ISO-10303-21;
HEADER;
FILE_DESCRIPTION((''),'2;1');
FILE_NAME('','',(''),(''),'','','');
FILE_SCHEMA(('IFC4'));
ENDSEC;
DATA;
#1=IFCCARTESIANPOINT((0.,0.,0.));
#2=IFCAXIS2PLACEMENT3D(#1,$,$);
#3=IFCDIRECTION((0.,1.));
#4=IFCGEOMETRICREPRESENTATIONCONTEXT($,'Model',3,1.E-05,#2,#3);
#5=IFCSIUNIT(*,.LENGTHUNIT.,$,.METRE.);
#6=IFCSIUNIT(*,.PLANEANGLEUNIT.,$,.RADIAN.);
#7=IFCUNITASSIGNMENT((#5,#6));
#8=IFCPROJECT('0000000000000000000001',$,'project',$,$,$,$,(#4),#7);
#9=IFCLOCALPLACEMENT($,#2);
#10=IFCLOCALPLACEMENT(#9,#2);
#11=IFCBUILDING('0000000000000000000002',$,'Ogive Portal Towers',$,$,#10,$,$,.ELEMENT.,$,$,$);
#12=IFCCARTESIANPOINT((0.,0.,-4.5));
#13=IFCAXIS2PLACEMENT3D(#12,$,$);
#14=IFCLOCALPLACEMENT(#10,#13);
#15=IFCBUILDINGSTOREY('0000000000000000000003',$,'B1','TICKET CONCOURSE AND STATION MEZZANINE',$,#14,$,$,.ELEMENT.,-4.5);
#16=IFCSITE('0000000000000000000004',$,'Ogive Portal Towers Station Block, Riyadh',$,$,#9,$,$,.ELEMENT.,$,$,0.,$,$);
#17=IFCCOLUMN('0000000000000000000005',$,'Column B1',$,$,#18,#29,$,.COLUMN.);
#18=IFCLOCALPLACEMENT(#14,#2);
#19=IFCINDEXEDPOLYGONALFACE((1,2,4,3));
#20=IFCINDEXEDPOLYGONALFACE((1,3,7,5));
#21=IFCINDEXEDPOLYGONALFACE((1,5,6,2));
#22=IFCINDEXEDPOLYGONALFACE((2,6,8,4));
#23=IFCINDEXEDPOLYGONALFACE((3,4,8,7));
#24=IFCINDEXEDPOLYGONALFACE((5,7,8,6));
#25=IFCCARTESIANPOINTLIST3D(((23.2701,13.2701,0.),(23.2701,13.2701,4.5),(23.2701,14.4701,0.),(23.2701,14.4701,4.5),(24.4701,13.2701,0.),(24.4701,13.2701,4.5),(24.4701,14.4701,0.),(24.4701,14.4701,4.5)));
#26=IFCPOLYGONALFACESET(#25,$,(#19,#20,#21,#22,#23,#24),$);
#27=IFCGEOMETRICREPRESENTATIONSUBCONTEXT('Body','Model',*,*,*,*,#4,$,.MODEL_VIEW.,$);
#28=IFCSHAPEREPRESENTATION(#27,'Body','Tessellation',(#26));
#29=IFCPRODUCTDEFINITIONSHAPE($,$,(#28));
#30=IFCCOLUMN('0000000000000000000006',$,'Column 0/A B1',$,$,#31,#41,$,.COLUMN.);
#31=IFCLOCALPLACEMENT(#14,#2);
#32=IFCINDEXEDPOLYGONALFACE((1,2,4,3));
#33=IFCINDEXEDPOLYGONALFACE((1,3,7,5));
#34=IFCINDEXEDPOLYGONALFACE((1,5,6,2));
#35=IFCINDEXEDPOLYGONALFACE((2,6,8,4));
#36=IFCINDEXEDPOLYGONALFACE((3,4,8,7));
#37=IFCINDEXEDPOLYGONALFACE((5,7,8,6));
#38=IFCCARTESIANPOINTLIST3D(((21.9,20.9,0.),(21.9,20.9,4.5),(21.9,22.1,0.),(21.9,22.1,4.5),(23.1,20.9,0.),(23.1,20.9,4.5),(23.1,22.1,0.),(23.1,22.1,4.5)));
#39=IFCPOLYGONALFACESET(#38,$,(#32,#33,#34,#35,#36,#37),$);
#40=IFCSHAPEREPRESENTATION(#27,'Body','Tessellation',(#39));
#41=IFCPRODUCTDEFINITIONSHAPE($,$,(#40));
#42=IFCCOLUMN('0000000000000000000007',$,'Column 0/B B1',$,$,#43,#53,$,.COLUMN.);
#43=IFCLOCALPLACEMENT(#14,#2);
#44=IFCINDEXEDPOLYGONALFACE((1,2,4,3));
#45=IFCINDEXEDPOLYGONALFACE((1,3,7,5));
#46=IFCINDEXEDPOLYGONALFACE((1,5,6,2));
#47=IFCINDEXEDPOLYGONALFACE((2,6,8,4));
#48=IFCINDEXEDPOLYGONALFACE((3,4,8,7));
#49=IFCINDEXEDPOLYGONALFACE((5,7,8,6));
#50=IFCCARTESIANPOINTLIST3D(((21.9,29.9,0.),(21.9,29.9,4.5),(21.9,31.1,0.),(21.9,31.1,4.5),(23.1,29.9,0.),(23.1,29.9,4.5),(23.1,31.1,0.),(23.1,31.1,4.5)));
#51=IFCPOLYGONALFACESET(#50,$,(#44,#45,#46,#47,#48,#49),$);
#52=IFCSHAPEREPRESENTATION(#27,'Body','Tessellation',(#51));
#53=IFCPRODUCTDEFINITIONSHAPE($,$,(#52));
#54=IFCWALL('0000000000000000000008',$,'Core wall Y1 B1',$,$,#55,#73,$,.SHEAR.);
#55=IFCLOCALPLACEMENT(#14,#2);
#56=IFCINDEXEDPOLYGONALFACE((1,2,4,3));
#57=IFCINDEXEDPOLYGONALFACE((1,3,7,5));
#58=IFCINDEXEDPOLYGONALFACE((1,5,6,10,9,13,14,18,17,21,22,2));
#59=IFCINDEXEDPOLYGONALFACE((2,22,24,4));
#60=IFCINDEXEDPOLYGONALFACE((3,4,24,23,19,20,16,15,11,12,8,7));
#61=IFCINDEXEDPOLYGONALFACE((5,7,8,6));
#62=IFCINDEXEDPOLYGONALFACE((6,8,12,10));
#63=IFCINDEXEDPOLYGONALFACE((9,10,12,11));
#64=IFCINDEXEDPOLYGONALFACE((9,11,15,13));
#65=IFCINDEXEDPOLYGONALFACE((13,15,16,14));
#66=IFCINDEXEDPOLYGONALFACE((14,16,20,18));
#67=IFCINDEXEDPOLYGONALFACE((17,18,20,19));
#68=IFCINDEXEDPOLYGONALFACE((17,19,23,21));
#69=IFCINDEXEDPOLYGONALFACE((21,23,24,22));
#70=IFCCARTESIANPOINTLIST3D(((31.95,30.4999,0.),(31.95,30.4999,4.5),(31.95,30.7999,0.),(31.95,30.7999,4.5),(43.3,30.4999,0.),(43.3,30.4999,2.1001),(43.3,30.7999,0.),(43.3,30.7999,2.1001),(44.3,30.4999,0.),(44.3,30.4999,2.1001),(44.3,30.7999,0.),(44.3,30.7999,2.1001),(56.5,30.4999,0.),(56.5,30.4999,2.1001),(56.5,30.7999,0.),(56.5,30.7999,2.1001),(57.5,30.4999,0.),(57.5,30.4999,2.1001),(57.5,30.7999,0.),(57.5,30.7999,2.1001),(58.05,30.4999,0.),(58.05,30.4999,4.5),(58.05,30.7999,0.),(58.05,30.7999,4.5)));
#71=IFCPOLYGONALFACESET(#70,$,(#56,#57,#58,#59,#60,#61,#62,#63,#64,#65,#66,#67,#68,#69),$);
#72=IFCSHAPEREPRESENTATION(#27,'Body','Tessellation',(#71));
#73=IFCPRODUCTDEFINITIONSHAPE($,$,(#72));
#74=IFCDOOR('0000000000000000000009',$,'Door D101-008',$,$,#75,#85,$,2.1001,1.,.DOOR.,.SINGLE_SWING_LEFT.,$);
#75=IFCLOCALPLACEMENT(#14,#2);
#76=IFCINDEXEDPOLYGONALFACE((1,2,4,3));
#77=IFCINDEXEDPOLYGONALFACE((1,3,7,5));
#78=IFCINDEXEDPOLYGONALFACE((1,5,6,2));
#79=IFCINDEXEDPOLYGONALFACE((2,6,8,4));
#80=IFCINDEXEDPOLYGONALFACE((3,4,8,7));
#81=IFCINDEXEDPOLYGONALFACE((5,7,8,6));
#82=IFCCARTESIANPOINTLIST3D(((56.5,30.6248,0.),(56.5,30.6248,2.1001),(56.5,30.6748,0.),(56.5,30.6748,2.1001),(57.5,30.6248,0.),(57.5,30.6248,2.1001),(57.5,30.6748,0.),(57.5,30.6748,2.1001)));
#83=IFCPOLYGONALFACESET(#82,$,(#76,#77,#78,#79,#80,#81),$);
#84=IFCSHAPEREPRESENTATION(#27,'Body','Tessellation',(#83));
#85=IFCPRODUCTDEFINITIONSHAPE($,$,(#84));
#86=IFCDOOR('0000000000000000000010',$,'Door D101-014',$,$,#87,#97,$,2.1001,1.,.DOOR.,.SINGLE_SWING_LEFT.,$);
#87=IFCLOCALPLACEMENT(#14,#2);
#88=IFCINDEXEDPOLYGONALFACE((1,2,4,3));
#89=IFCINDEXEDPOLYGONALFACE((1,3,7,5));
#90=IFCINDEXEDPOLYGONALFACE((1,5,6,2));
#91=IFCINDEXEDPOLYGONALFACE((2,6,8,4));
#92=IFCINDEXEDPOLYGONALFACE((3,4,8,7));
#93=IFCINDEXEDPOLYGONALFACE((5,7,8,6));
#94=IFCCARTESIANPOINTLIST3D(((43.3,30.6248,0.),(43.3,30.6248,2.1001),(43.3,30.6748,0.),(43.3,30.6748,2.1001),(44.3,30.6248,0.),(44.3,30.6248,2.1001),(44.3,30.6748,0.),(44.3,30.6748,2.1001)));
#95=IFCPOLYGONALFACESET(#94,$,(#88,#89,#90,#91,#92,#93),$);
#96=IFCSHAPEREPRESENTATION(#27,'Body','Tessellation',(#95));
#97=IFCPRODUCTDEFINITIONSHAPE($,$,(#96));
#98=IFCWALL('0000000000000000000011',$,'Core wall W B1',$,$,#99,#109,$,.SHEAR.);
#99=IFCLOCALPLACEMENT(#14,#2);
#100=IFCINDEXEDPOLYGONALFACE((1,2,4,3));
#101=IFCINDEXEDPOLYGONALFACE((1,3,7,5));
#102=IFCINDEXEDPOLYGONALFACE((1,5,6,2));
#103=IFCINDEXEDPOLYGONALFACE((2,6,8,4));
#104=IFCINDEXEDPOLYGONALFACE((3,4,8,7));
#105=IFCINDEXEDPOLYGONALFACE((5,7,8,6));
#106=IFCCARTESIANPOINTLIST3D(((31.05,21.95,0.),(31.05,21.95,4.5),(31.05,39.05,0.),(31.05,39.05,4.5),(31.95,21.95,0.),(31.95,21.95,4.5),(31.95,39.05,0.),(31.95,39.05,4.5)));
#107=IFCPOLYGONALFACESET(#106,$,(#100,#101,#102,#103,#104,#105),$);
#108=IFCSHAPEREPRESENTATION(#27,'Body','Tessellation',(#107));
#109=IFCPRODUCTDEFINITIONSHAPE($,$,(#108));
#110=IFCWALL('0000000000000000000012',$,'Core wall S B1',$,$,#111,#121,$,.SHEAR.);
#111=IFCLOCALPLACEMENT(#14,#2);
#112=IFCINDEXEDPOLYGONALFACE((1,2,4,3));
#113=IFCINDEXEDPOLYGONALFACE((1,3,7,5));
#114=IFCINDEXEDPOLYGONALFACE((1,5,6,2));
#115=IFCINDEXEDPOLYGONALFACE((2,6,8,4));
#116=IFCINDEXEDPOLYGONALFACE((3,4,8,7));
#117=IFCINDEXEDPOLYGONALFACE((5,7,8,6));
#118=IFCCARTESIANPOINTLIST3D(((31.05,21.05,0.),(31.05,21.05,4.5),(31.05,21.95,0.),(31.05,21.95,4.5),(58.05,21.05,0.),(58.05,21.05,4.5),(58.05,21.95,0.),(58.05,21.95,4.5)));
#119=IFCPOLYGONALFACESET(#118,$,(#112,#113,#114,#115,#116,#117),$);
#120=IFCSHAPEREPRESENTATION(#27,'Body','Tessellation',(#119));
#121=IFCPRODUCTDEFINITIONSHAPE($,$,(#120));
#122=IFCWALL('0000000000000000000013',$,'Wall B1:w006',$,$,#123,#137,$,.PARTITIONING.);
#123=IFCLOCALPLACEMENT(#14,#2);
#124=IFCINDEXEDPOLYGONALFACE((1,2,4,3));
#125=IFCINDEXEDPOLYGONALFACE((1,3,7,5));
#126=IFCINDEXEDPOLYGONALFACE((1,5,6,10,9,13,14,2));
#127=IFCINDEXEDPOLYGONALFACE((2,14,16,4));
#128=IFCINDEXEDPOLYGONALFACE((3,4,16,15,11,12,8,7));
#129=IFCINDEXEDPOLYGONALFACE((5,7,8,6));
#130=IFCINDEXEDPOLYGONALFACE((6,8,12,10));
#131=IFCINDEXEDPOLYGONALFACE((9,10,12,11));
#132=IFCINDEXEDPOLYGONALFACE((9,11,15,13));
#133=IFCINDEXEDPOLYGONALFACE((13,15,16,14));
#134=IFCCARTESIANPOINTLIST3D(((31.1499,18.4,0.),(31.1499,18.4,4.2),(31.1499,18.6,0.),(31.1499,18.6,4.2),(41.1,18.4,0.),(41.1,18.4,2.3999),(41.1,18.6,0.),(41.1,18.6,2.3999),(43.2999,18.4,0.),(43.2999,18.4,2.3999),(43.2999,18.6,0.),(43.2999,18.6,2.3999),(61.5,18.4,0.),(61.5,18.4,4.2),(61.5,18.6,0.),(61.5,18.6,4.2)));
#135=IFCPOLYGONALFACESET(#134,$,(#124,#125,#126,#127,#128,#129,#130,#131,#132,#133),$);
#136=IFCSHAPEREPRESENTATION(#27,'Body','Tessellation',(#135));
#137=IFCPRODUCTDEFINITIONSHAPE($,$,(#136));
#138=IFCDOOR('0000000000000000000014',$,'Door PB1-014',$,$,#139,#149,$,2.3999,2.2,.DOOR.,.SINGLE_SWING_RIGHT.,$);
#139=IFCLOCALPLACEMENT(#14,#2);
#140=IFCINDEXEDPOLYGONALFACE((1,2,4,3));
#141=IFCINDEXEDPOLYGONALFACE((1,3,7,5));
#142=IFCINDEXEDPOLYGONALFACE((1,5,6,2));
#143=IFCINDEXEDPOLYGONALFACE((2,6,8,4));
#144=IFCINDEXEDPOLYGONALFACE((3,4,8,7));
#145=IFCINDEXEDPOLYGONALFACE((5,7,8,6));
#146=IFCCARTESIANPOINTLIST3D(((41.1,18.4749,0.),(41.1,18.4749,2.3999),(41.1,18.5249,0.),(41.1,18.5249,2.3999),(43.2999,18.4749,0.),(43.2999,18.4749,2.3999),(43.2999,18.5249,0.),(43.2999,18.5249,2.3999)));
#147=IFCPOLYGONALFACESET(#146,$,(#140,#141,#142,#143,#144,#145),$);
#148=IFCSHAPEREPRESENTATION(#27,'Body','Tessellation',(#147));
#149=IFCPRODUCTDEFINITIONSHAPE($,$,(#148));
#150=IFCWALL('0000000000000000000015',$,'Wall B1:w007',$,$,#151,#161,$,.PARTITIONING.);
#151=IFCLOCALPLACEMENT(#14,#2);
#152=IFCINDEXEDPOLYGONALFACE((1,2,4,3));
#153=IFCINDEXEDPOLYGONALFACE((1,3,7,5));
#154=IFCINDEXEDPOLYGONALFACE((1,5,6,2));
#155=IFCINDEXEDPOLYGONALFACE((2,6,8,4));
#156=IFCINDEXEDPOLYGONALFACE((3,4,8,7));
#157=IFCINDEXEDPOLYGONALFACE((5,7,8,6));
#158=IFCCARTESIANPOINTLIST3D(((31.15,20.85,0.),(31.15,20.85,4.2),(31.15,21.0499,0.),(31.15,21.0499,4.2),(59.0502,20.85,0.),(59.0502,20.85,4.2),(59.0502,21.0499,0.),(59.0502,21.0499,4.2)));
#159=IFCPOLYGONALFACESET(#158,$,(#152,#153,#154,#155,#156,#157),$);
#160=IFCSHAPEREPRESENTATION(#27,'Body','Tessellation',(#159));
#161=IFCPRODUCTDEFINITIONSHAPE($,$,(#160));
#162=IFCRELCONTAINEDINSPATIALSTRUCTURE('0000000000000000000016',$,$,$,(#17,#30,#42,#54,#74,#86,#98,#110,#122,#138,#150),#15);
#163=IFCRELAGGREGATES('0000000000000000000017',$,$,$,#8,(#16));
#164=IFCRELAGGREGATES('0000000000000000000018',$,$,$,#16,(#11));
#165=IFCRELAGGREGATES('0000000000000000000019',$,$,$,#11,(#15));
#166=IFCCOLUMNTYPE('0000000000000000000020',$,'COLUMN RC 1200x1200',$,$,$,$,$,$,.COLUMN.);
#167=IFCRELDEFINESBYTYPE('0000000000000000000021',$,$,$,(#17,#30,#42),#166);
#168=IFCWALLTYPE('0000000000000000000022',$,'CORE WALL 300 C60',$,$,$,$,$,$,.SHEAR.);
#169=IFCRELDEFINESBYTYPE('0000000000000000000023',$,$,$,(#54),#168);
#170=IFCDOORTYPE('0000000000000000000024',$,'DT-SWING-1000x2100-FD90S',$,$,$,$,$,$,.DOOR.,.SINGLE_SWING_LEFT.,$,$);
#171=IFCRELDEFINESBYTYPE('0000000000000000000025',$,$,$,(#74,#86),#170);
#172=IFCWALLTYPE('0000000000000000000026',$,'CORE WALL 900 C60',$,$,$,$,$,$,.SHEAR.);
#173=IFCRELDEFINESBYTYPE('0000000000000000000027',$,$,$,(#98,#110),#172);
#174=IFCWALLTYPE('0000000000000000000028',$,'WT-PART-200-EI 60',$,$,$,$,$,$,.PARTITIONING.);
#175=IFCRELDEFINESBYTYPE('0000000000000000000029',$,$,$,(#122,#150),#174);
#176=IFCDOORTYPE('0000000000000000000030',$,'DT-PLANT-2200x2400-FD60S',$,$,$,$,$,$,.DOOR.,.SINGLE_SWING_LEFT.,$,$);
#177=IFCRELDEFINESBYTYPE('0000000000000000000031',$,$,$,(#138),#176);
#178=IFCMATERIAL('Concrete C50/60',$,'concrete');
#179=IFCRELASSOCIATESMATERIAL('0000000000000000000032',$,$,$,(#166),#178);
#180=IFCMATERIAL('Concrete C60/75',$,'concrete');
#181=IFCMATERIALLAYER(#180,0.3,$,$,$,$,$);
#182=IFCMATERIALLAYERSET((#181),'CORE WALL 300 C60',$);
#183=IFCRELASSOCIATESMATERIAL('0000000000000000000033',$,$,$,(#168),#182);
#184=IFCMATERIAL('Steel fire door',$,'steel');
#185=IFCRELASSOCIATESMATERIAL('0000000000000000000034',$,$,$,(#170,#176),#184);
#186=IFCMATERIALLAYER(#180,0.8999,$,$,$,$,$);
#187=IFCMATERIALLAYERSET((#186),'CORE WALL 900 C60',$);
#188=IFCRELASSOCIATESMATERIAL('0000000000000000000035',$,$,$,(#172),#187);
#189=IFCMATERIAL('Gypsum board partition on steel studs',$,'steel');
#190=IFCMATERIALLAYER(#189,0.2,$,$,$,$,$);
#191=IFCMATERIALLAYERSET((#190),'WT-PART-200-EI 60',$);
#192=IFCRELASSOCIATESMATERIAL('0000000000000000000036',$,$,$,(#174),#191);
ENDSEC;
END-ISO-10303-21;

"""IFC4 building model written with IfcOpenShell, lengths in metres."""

from ifc_helpers import new_model, si_unit, direction, frame, frame_2d, origin, origin_2d, place, context, subcontext, project, spatial, rectangle, extrude, material, layer, layer_set, material_profile, profile_set, type_object, element, fill, save


model = new_model("IFC4")

# Units and contexts
model_context = context("Model", 3, precision=1e-05, world=origin(), true_north=direction((0.0, 1.0)))
body_context = subcontext(model_context, "Body", "Model", "MODEL_VIEW")
ifc_project = project(units=[si_unit("LENGTHUNIT", "METRE"), si_unit("PLANEANGLEUNIT", "RADIAN")], contexts=[model_context])

# Site, building, storey
site_placement = place(None, origin())
site = spatial("IfcSite", under=ifc_project, at=site_placement, Name="Ogive Portal Towers Station Block, Riyadh", CompositionType="ELEMENT", RefElevation=0.0)
building_placement = place(site_placement, origin())
building = spatial("IfcBuilding", under=site, at=building_placement, Name="Ogive Portal Towers", CompositionType="ELEMENT")
storey_placement = place(building_placement, frame((0.0, 0.0, -4.5)))
storey = spatial("IfcBuildingStorey", under=building, at=storey_placement, Name="B1", Description="TICKET CONCOURSE AND STATION MEZZANINE", CompositionType="ELEMENT", Elevation=-4.5)

# Columns
ifc_material_1 = material(Name="Concrete C50/60", Category="concrete")
ifc_material_profile = material_profile(ifc_material_1, rectangle(XDim=1.2, YDim=1.2, at=origin_2d()), Name="RC 1200x1200")
ifc_profile_set = profile_set([ifc_material_profile], Name="Concrete C50/60")
column_type = type_object("IfcColumnType", Name="COLUMN RC 1200x1200", PredefinedType="COLUMN", material=ifc_profile_set)
for number, where, z_axis, x_axis, name in (
    (1, (23.8701, 13.8701, 0.0), (0.0, 0.0, 1.0), (1.0, 0.0, 0.0), "Column B1"),
    (2, (22.5, 21.5, 0.0), (0.0, 0.0, 1.0), (1.0, 0.0, 0.0), "Column 0/A B1"),
    (3, (22.5, 30.5, 0.0), (0.0, 0.0, 1.0), (1.0, 0.0, 0.0), "Column 0/B B1"),
):
    element("IfcColumn", number, at=place(storey_placement, frame(where, z_axis=z_axis, x_axis=x_axis)), inside=storey, type_object=column_type, Name=name, PredefinedType="COLUMN", context=body_context, shape_type="SweptSolid", body=[
        extrude(rectangle(XDim=1.2, YDim=1.2, at=origin_2d()), origin(), (0.0, 0.0, 1.0), 4.5),
    ])

# Wall, openings, doors
ifc_material_2 = material(Name="Concrete C60/75", Category="concrete")
ifc_layer_1 = layer(ifc_material_2, 0.3)
ifc_layer_set_1 = layer_set([ifc_layer_1], Name="CORE WALL 300 C60")
wall_type_1 = type_object("IfcWallType", Name="CORE WALL 300 C60", PredefinedType="SHEAR", material=ifc_layer_set_1)
wall_1_placement = place(storey_placement, frame((31.95, 30.6499, 0.0), z_axis=(0.0, 0.0, 1.0), x_axis=(1.0, 0.0, 0.0)))
wall_1 = element("IfcWall", 4, at=wall_1_placement, inside=storey, type_object=wall_type_1, Name="Core wall Y1 B1", PredefinedType="SHEAR", context=body_context, shape_type="SweptSolid", body=[
    extrude(rectangle(XDim=26.1001, YDim=0.3, at=frame_2d((13.05, 0.0))), origin(), (0.0, 0.0, 1.0), 4.5),
])
opening_1_placement = place(wall_1_placement, frame((24.55, 0.0, 0.0)))
opening_1 = element("IfcOpeningElement", 5, at=opening_1_placement, cuts=wall_1, PredefinedType="OPENING", context=body_context, shape_type="SweptSolid", body=[
    extrude(rectangle(XDim=1.0, YDim=2.1001, at=frame_2d((0.5, 1.05))), frame((0.0, 0.1602, 0.0), z_axis=(0.0, -1.0, 0.0), x_axis=(1.0, 0.0, 0.0)), (0.0, 0.0, 1.0), 0.3201),
])
opening_2_placement = place(wall_1_placement, frame((11.3501, 0.0, 0.0)))
opening_2 = element("IfcOpeningElement", 6, at=opening_2_placement, cuts=wall_1, PredefinedType="OPENING", context=body_context, shape_type="SweptSolid", body=[
    extrude(rectangle(XDim=1.0, YDim=2.1001, at=frame_2d((0.5, 1.05))), frame((0.0, 0.1602, 0.0), z_axis=(0.0, -1.0, 0.0), x_axis=(1.0, 0.0, 0.0)), (0.0, 0.0, 1.0), 0.3201),
])
ifc_material_3 = material(Name="Steel fire door", Category="steel")
door_type_1 = type_object("IfcDoorType", Name="DT-SWING-1000x2100-FD90S", OperationType="SINGLE_SWING_LEFT", PredefinedType="DOOR", material=ifc_material_3)
door_1_placement = place(opening_1_placement, origin())
door_1 = element("IfcDoor", 7, at=door_1_placement, inside=storey, type_object=door_type_1, Name="Door D101-008", OperationType="SINGLE_SWING_LEFT", OverallHeight=2.1001, OverallWidth=1.0, PredefinedType="DOOR", context=body_context, shape_type="SweptSolid", body=[
    extrude(rectangle(XDim=1.0, YDim=2.1001, at=frame_2d((0.5, 1.05))), frame((0.0, 0.0249, 0.0), z_axis=(0.0, -1.0, 0.0), x_axis=(1.0, 0.0, 0.0)), (0.0, 0.0, 1.0), 0.05),
])
fill(opening_1, door_1)
door_2_placement = place(opening_2_placement, origin())
door_2 = element("IfcDoor", 8, at=door_2_placement, inside=storey, type_object=door_type_1, Name="Door D101-014", OperationType="SINGLE_SWING_LEFT", OverallHeight=2.1001, OverallWidth=1.0, PredefinedType="DOOR", context=body_context, shape_type="SweptSolid", body=[
    extrude(rectangle(XDim=1.0, YDim=2.1001, at=frame_2d((0.5, 1.05))), frame((0.0, 0.0249, 0.0), z_axis=(0.0, -1.0, 0.0), x_axis=(1.0, 0.0, 0.0)), (0.0, 0.0, 1.0), 0.05),
])
fill(opening_2, door_2)

# Walls
ifc_layer_2 = layer(ifc_material_2, 0.8999)
ifc_layer_set_2 = layer_set([ifc_layer_2], Name="CORE WALL 900 C60")
wall_type_2 = type_object("IfcWallType", Name="CORE WALL 900 C60", PredefinedType="SHEAR", material=ifc_layer_set_2)
wall_2_placement = place(storey_placement, frame((31.5, 21.95, 0.0), z_axis=(0.0, 0.0, 1.0), x_axis=(0.0, 1.0, 0.0)))
element("IfcWall", 9, at=wall_2_placement, inside=storey, type_object=wall_type_2, Name="Core wall W B1", PredefinedType="SHEAR", context=body_context, shape_type="SweptSolid", body=[
    extrude(rectangle(XDim=17.1001, YDim=0.8999, at=frame_2d((8.55, 0.0))), origin(), (0.0, 0.0, 1.0), 4.5),
])
wall_3_placement = place(storey_placement, frame((31.05, 21.5, 0.0), z_axis=(0.0, 0.0, 1.0), x_axis=(1.0, 0.0, 0.0)))
element("IfcWall", 10, at=wall_3_placement, inside=storey, type_object=wall_type_2, Name="Core wall S B1", PredefinedType="SHEAR", context=body_context, shape_type="SweptSolid", body=[
    extrude(rectangle(XDim=27.0, YDim=0.8999, at=frame_2d((13.5, 0.0))), origin(), (0.0, 0.0, 1.0), 4.5),
])

# Wall, opening, door
ifc_material_4 = material(Name="Gypsum board partition on steel studs", Category="steel")
ifc_layer_3 = layer(ifc_material_4, 0.2)
ifc_layer_set_3 = layer_set([ifc_layer_3], Name="WT-PART-200-EI 60")
wall_type_3 = type_object("IfcWallType", Name="WT-PART-200-EI 60", PredefinedType="PARTITIONING", material=ifc_layer_set_3)
door_type_2 = type_object("IfcDoorType", Name="DT-PLANT-2200x2400-FD60S", OperationType="SINGLE_SWING_LEFT", PredefinedType="DOOR", material=ifc_material_3)
wall_4_placement = place(storey_placement, frame((31.1499, 18.5, 0.0), z_axis=(0.0, 0.0, 1.0), x_axis=(1.0, 0.0, 0.0)))
wall_4 = element("IfcWall", 11, at=wall_4_placement, inside=storey, type_object=wall_type_3, Name="Wall B1:w006", PredefinedType="PARTITIONING", context=body_context, shape_type="SweptSolid", body=[
    extrude(rectangle(XDim=30.3501, YDim=0.2, at=frame_2d((15.175, 0.0))), origin(), (0.0, 0.0, 1.0), 4.2),
])
opening_3_placement = place(wall_4_placement, frame((9.95, 0.0, 0.0)))
opening_3 = element("IfcOpeningElement", 12, at=opening_3_placement, cuts=wall_4, PredefinedType="OPENING", context=body_context, shape_type="SweptSolid", body=[
    extrude(rectangle(XDim=2.2, YDim=2.3999, at=frame_2d((1.1001, 1.2))), frame((0.0, 0.1099, 0.0), z_axis=(0.0, -1.0, 0.0), x_axis=(1.0, 0.0, 0.0)), (0.0, 0.0, 1.0), 0.22),
])
door_3_placement = place(opening_3_placement, origin())
door_3 = element("IfcDoor", 13, at=door_3_placement, inside=storey, type_object=door_type_2, Name="Door PB1-014", OperationType="SINGLE_SWING_RIGHT", OverallHeight=2.3999, OverallWidth=2.2, PredefinedType="DOOR", context=body_context, shape_type="SweptSolid", body=[
    extrude(rectangle(XDim=2.2, YDim=2.3999, at=frame_2d((1.1001, 1.2))), frame((0.0, 0.0249, 0.0), z_axis=(0.0, -1.0, 0.0), x_axis=(1.0, 0.0, 0.0)), (0.0, 0.0, 1.0), 0.05),
])
fill(opening_3, door_3)

# Wall
wall_5_placement = place(storey_placement, frame((31.1499, 20.95, 0.0), z_axis=(0.0, 0.0, 1.0), x_axis=(1.0, 0.0, 0.0)))
element("IfcWall", 14, at=wall_5_placement, inside=storey, type_object=wall_type_3, Name="Wall B1:w007", PredefinedType="PARTITIONING", context=body_context, shape_type="SweptSolid", body=[
    extrude(rectangle(XDim=27.9001, YDim=0.2, at=frame_2d((13.9502, 0.0))), origin(), (0.0, 0.0, 1.0), 4.2),
])

save(model, "model.ifc")
